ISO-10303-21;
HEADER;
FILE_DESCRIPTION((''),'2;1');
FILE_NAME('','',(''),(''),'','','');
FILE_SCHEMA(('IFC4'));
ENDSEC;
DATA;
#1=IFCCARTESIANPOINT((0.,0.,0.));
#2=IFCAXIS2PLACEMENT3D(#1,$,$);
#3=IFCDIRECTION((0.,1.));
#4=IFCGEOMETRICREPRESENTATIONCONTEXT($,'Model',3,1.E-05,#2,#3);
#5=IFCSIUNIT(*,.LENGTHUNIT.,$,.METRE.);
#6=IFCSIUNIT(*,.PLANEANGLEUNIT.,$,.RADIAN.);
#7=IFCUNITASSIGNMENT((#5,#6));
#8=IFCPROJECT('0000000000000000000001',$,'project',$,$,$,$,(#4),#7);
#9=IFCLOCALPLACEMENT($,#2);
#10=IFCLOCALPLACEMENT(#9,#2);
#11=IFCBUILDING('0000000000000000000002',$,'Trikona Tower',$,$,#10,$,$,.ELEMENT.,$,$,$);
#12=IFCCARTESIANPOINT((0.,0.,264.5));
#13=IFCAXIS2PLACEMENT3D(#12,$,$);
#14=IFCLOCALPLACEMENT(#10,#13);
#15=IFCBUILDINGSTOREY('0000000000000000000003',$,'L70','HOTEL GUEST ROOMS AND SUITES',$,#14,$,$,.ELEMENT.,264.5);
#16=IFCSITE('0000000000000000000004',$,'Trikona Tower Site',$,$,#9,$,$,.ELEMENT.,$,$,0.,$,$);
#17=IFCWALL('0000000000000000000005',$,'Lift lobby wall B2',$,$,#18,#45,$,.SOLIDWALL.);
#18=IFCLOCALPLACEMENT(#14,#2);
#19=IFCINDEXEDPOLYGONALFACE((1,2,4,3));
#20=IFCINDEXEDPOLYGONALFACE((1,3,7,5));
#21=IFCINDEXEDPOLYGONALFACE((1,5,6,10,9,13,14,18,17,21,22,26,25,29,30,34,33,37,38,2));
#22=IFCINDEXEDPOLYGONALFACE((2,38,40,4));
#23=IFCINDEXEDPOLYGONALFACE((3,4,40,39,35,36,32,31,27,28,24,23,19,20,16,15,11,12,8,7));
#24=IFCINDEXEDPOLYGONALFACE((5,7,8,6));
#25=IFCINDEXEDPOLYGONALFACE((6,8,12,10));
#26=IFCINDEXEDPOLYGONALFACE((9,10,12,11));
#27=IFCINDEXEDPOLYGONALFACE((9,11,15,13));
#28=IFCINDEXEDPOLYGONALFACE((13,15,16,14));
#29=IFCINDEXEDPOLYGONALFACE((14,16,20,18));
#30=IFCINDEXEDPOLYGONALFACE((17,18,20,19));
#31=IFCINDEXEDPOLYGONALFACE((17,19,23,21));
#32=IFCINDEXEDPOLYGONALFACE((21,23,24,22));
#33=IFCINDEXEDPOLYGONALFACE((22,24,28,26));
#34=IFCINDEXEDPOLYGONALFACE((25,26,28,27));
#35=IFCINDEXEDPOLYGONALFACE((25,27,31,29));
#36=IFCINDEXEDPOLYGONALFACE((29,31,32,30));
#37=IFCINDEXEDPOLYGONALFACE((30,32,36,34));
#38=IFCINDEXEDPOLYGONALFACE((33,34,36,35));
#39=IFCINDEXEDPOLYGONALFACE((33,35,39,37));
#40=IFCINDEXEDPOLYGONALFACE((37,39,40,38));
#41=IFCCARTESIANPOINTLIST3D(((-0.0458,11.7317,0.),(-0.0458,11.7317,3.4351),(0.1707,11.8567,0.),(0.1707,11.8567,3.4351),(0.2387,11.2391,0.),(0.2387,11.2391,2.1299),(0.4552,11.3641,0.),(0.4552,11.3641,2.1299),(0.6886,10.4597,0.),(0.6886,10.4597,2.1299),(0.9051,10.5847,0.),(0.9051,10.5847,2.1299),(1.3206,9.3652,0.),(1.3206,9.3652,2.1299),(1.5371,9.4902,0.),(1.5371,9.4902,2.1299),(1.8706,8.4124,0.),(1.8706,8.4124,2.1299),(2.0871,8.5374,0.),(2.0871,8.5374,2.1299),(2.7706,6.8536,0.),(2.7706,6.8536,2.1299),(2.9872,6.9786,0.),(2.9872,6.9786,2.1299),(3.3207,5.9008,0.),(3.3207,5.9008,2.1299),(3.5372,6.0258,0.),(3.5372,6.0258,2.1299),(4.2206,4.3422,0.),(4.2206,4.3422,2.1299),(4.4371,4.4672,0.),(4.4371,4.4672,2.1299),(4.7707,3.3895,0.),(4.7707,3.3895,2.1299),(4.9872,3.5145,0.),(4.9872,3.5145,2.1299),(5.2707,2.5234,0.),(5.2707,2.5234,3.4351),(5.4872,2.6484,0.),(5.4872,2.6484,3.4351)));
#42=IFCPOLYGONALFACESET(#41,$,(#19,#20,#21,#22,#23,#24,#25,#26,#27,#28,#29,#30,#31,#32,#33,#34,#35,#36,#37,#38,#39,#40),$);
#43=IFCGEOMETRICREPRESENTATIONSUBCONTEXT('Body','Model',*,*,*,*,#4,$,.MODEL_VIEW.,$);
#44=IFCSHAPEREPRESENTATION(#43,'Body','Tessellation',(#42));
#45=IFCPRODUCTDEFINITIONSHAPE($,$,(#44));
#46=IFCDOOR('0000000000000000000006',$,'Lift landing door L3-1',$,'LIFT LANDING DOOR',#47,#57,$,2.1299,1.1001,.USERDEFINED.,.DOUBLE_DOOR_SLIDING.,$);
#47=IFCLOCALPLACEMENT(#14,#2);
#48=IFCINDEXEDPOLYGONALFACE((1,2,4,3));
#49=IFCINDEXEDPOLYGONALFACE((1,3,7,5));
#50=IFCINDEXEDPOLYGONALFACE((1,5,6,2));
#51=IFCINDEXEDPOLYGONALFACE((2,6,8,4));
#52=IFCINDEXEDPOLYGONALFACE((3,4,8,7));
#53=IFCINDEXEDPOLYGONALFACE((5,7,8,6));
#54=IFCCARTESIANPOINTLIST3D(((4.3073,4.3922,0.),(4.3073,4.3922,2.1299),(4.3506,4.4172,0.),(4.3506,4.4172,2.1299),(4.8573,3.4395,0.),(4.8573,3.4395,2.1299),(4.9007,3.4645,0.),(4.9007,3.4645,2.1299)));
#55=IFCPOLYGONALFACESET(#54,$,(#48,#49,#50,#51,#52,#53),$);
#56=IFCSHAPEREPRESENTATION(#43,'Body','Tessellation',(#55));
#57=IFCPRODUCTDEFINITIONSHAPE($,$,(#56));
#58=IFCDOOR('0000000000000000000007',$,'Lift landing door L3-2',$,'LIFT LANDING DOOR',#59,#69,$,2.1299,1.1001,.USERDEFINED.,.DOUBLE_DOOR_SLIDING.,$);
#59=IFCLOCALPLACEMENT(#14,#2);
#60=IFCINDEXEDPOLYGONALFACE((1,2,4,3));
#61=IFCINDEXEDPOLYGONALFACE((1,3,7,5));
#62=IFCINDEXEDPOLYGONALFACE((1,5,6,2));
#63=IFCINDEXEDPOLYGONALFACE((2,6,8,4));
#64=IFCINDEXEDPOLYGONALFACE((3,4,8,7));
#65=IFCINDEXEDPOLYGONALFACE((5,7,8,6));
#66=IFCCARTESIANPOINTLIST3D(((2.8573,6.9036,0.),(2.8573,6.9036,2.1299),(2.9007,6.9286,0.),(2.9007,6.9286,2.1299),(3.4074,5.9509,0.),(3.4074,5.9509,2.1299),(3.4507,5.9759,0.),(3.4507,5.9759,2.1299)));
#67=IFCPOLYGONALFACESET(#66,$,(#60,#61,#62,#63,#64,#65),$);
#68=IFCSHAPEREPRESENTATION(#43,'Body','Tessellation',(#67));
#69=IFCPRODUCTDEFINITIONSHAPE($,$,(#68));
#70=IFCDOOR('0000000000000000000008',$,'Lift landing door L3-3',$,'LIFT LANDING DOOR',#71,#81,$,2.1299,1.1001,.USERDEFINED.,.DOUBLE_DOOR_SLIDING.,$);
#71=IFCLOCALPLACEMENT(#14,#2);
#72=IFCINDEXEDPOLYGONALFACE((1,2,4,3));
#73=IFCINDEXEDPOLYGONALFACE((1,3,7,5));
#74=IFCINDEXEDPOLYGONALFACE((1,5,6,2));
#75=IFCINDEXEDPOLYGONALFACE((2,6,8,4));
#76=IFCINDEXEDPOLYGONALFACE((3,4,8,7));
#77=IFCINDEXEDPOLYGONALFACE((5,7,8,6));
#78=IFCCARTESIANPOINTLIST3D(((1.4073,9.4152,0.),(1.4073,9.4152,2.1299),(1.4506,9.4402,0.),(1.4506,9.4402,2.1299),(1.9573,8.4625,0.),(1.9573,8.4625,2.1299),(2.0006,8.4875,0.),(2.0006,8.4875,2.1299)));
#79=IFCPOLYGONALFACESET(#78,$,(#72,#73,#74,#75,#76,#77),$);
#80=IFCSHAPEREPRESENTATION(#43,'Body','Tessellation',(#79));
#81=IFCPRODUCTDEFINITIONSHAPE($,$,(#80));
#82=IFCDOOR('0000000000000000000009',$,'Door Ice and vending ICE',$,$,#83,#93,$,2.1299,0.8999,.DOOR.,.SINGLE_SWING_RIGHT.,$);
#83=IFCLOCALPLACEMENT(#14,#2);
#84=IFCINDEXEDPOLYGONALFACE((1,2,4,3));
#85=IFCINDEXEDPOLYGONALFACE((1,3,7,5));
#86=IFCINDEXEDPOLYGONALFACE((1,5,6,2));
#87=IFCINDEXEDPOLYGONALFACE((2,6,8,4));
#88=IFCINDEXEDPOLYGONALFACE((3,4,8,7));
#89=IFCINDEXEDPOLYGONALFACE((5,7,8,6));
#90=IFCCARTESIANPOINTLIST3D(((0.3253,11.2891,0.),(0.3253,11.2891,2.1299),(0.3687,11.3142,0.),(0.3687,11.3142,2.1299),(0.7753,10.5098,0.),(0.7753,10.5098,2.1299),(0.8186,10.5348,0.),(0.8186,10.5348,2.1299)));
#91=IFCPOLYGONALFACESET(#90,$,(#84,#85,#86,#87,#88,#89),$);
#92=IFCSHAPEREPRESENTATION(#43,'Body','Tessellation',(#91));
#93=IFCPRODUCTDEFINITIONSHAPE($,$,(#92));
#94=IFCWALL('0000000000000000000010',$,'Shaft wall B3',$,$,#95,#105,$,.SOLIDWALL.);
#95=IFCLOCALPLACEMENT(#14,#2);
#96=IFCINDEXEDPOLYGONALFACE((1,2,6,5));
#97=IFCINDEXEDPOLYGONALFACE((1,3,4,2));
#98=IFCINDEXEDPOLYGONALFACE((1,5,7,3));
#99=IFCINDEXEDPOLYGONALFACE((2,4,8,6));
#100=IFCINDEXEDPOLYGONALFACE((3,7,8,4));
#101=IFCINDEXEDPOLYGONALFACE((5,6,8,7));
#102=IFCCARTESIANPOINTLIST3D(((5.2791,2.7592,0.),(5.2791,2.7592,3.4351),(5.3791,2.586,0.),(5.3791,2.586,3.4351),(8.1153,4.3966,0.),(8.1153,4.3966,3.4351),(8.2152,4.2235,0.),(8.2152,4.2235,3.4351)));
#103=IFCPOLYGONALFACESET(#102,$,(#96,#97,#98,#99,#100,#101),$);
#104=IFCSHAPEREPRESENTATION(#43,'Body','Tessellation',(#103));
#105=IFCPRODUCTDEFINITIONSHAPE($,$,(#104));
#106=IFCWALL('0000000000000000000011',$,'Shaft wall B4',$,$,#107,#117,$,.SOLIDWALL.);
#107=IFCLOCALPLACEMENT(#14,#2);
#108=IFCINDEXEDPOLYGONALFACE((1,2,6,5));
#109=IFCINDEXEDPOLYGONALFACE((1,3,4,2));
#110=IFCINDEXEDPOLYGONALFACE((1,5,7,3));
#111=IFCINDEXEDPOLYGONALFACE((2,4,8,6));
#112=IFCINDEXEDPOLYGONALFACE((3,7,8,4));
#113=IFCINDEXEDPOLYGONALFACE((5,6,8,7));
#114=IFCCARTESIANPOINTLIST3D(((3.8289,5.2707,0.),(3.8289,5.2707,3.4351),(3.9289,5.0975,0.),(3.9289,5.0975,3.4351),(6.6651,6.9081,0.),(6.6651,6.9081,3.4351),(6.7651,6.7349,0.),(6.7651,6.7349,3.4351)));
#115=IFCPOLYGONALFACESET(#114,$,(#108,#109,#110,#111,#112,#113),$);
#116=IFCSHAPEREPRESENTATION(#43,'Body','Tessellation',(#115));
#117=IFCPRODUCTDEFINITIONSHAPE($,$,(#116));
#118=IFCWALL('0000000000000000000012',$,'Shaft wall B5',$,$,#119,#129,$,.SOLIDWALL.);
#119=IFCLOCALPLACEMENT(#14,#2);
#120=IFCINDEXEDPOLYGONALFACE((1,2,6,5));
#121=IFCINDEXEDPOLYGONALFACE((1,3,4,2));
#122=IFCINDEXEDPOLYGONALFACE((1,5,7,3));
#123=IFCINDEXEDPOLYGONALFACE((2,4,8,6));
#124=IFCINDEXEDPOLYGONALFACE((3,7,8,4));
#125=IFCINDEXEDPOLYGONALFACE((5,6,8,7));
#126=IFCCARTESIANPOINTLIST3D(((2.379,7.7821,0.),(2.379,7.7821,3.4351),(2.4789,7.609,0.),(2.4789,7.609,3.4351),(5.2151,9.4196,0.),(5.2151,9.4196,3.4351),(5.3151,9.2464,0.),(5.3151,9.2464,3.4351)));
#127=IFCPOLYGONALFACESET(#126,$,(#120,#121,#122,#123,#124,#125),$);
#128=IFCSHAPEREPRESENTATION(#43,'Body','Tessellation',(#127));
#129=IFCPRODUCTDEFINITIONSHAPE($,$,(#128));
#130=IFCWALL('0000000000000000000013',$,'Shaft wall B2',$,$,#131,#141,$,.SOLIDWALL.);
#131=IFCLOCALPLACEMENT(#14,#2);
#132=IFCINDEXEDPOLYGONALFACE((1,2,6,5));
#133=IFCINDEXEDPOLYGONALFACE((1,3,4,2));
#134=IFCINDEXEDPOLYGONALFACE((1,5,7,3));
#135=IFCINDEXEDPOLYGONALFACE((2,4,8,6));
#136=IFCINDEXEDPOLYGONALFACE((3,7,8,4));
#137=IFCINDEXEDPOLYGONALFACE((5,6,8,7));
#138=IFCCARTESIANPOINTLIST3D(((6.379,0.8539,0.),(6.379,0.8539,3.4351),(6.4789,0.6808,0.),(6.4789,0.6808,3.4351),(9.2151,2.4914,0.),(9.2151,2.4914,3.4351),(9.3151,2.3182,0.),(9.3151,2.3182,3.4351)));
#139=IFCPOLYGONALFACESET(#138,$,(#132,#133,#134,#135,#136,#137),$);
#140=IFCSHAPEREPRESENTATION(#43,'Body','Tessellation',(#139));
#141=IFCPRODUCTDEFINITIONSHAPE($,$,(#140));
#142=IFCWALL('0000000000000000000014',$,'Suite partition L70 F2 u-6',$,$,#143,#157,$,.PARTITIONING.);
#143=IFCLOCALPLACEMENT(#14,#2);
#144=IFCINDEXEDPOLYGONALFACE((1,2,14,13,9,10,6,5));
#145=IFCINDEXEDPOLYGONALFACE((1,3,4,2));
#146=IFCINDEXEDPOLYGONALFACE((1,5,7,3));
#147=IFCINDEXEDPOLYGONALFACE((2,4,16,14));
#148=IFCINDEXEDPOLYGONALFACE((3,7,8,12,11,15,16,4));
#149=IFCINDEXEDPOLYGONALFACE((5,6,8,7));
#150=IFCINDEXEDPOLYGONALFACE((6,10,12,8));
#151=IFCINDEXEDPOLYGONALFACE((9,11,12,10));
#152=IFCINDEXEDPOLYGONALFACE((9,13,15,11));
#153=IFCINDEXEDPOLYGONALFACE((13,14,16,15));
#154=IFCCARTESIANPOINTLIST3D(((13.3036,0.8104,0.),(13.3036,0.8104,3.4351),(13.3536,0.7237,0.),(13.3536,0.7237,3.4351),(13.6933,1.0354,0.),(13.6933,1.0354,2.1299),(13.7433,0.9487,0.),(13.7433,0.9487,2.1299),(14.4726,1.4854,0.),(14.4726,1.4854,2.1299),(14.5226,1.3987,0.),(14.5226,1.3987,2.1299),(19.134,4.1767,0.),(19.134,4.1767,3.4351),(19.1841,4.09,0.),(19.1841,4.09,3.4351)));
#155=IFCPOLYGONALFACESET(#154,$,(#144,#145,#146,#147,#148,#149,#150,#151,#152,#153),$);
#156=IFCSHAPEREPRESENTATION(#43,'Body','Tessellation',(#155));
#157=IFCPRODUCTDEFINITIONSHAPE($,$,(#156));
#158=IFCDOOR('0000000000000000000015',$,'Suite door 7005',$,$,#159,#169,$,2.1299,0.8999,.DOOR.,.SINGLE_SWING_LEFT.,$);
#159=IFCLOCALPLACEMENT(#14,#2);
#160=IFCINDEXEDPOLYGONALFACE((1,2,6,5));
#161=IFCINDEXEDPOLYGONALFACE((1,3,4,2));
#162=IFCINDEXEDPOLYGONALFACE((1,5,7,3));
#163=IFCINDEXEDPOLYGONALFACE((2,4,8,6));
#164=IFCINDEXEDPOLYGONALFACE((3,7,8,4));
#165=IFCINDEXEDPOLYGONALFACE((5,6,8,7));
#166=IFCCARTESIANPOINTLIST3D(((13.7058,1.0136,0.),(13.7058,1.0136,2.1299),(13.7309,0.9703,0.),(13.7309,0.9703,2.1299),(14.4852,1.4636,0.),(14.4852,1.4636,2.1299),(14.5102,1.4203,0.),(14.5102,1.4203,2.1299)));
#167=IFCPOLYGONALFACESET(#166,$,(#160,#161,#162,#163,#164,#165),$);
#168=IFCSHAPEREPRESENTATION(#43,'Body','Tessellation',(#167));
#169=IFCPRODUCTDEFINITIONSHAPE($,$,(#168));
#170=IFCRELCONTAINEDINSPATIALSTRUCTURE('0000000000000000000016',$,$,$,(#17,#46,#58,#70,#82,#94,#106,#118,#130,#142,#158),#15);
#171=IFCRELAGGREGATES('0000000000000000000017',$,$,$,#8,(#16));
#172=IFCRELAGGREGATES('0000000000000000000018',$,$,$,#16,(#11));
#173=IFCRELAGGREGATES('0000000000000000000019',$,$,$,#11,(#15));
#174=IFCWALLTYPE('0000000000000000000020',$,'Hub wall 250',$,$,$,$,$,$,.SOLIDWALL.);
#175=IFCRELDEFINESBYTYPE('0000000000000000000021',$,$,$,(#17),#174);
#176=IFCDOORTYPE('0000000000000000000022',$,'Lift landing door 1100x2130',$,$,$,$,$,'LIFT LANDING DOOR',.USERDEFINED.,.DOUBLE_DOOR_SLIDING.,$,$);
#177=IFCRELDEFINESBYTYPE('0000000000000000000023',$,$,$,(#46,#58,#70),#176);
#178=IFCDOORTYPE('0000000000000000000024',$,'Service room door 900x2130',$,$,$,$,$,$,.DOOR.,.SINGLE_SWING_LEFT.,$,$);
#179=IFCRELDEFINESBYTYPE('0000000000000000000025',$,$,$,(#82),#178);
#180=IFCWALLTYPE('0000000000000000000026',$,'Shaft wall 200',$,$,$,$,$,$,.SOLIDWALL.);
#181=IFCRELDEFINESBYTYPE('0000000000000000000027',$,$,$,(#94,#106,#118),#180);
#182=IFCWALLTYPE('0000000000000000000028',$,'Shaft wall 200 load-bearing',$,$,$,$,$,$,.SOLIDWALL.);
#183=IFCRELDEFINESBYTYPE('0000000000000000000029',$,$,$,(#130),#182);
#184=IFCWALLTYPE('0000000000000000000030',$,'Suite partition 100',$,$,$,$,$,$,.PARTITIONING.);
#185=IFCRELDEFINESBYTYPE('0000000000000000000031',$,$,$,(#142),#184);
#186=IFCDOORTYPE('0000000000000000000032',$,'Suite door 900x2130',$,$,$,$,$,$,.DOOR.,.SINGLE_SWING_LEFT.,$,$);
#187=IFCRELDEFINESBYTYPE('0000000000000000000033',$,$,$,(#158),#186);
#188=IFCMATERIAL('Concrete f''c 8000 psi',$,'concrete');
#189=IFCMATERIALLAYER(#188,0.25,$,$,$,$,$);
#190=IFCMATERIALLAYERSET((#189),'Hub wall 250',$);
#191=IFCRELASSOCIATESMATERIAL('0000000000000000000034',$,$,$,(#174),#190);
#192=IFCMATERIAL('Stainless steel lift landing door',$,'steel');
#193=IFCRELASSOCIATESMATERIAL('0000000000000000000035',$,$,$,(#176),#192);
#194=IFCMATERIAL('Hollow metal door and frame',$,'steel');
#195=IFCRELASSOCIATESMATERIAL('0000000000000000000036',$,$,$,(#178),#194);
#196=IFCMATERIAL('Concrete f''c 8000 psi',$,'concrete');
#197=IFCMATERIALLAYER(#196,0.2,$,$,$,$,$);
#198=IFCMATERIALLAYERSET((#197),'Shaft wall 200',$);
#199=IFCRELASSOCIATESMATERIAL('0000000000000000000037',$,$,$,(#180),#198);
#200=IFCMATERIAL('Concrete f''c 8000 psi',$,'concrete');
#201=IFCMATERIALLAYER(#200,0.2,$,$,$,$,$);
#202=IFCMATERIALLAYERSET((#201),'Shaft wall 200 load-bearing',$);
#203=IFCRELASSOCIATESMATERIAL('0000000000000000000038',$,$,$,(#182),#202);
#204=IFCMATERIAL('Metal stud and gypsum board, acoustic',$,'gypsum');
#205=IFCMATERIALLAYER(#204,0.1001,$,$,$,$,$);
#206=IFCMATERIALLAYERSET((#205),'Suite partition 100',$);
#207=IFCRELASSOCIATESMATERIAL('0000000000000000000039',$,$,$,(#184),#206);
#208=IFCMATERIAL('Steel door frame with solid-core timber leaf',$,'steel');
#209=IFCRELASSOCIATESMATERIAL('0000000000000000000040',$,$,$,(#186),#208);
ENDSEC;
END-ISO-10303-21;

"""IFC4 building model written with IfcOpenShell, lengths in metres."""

from ifc_helpers import new_model, si_unit, direction, frame, frame_2d, origin, place, context, subcontext, project, spatial, rectangle, extrude, material, layer, layer_set, type_object, element, fill, save


model = new_model("IFC4")

# Units and contexts
model_context = context("Model", 3, precision=1e-05, world=origin(), true_north=direction((0.0, 1.0)))
body_context = subcontext(model_context, "Body", "Model", "MODEL_VIEW")
ifc_project = project(units=[si_unit("LENGTHUNIT", "METRE"), si_unit("PLANEANGLEUNIT", "RADIAN")], contexts=[model_context])

# Site, building, storey
site_placement = place(None, origin())
site = spatial("IfcSite", under=ifc_project, at=site_placement, Name="Trikona Tower Site", CompositionType="ELEMENT", RefElevation=0.0)
building_placement = place(site_placement, origin())
building = spatial("IfcBuilding", under=site, at=building_placement, Name="Trikona Tower", CompositionType="ELEMENT")
storey_placement = place(building_placement, frame((0.0, 0.0, 264.5)))
storey = spatial("IfcBuildingStorey", under=building, at=storey_placement, Name="L70", Description="HOTEL GUEST ROOMS AND SUITES", CompositionType="ELEMENT", Elevation=264.5)

# Wall, openings, doors
ifc_material_1 = material(Name="Concrete f'c 8000 psi", Category="concrete")
ifc_layer_1 = layer(ifc_material_1, 0.25)
ifc_layer_set_1 = layer_set([ifc_layer_1], Name="Hub wall 250")
wall_type_1 = type_object("IfcWallType", Name="Hub wall 250", PredefinedType="SOLIDWALL", material=ifc_layer_set_1)
wall_1_placement = place(storey_placement, frame((5.3789, 2.5859, 0.0), z_axis=(0.0, 0.0, 1.0), x_axis=(-0.500001, 0.866025, 0.0)))
wall_1 = element("IfcWall", 1, at=wall_1_placement, inside=storey, type_object=wall_type_1, Name="Lift lobby wall B2", PredefinedType="SOLIDWALL", context=body_context, shape_type="SweptSolid", body=[
    extrude(rectangle(XDim=10.6328, YDim=0.25, at=frame_2d((5.3164, 0.0))), origin(), (0.0, 0.0, 1.0), 3.4351),
])
opening_1_placement = place(wall_1_placement, frame((9.1641, 0.0, 0.0)))
opening_1 = element("IfcOpeningElement", 2, at=opening_1_placement, cuts=wall_1, PredefinedType="OPENING", context=body_context, shape_type="SweptSolid", body=[
    extrude(rectangle(XDim=0.8999, YDim=2.1299, at=frame_2d((0.45, 1.0649))), frame((0.0, 0.135, 0.0), z_axis=(0.0, -1.0, 0.0), x_axis=(1.0, 0.0, 0.0)), (0.0, 0.0, 1.0), 0.27),
])
opening_2_placement = place(wall_1_placement, frame((1.0, 0.0, 0.0)))
opening_2 = element("IfcOpeningElement", 3, at=opening_2_placement, cuts=wall_1, PredefinedType="OPENING", context=body_context, shape_type="SweptSolid", body=[
    extrude(rectangle(XDim=1.1001, YDim=2.1299, at=frame_2d((0.55, 1.0649))), frame((0.0, 0.135, 0.0), z_axis=(0.0, -1.0, 0.0), x_axis=(1.0, 0.0, 0.0)), (0.0, 0.0, 1.0), 0.27),
])
opening_3_placement = place(wall_1_placement, frame((3.8999, 0.0, 0.0)))
opening_3 = element("IfcOpeningElement", 4, at=opening_3_placement, cuts=wall_1, PredefinedType="OPENING", context=body_context, shape_type="SweptSolid", body=[
    extrude(rectangle(XDim=1.1001, YDim=2.1299, at=frame_2d((0.55, 1.0649))), frame((0.0, 0.135, 0.0), z_axis=(0.0, -1.0, 0.0), x_axis=(1.0, 0.0, 0.0)), (0.0, 0.0, 1.0), 0.27),
])
opening_4_placement = place(wall_1_placement, frame((6.8, 0.0, 0.0)))
opening_4 = element("IfcOpeningElement", 5, at=opening_4_placement, cuts=wall_1, PredefinedType="OPENING", context=body_context, shape_type="SweptSolid", body=[
    extrude(rectangle(XDim=1.1001, YDim=2.1299, at=frame_2d((0.55, 1.0649))), frame((0.0, 0.135, 0.0), z_axis=(0.0, -1.0, 0.0), x_axis=(1.0, 0.0, 0.0)), (0.0, 0.0, 1.0), 0.27),
])
ifc_material_2 = material(Name="Stainless steel lift landing door", Category="steel")
door_type_1 = type_object("IfcDoorType", Name="Lift landing door 1100x2130", ElementType="LIFT LANDING DOOR", OperationType="DOUBLE_DOOR_SLIDING", PredefinedType="USERDEFINED", material=ifc_material_2)
door_1_placement = place(opening_2_placement, origin())
door_1 = element("IfcDoor", 6, at=door_1_placement, inside=storey, type_object=door_type_1, Name="Lift landing door L3-1", ObjectType="LIFT LANDING DOOR", OperationType="DOUBLE_DOOR_SLIDING", OverallHeight=2.1299, OverallWidth=1.1001, PredefinedType="USERDEFINED", context=body_context, shape_type="SweptSolid", body=[
    extrude(rectangle(XDim=1.1001, YDim=2.1299, at=frame_2d((0.55, 1.0649))), frame((0.0, 0.0249, 0.0), z_axis=(0.0, -1.0, 0.0), x_axis=(1.0, 0.0, 0.0)), (0.0, 0.0, 1.0), 0.05),
])
fill(opening_2, door_1)
door_2_placement = place(opening_3_placement, origin())
door_2 = element("IfcDoor", 7, at=door_2_placement, inside=storey, type_object=door_type_1, Name="Lift landing door L3-2", ObjectType="LIFT LANDING DOOR", OperationType="DOUBLE_DOOR_SLIDING", OverallHeight=2.1299, OverallWidth=1.1001, PredefinedType="USERDEFINED", context=body_context, shape_type="SweptSolid", body=[
    extrude(rectangle(XDim=1.1001, YDim=2.1299, at=frame_2d((0.55, 1.0649))), frame((0.0, 0.0249, 0.0), z_axis=(0.0, -1.0, 0.0), x_axis=(1.0, 0.0, 0.0)), (0.0, 0.0, 1.0), 0.05),
])
fill(opening_3, door_2)
door_3_placement = place(opening_4_placement, origin())
door_3 = element("IfcDoor", 8, at=door_3_placement, inside=storey, type_object=door_type_1, Name="Lift landing door L3-3", ObjectType="LIFT LANDING DOOR", OperationType="DOUBLE_DOOR_SLIDING", OverallHeight=2.1299, OverallWidth=1.1001, PredefinedType="USERDEFINED", context=body_context, shape_type="SweptSolid", body=[
    extrude(rectangle(XDim=1.1001, YDim=2.1299, at=frame_2d((0.55, 1.0649))), frame((0.0, 0.0249, 0.0), z_axis=(0.0, -1.0, 0.0), x_axis=(1.0, 0.0, 0.0)), (0.0, 0.0, 1.0), 0.05),
])
fill(opening_4, door_3)
ifc_material_3 = material(Name="Hollow metal door and frame", Category="steel")
door_type_2 = type_object("IfcDoorType", Name="Service room door 900x2130", OperationType="SINGLE_SWING_LEFT", PredefinedType="DOOR", material=ifc_material_3)
door_4_placement = place(opening_1_placement, origin())
door_4 = element("IfcDoor", 9, at=door_4_placement, inside=storey, type_object=door_type_2, Name="Door Ice and vending ICE", OperationType="SINGLE_SWING_RIGHT", OverallHeight=2.1299, OverallWidth=0.8999, PredefinedType="DOOR", context=body_context, shape_type="SweptSolid", body=[
    extrude(rectangle(XDim=0.8999, YDim=2.1299, at=frame_2d((0.45, 1.0649))), frame((0.0, 0.0249, 0.0), z_axis=(0.0, -1.0, 0.0), x_axis=(1.0, 0.0, 0.0)), (0.0, 0.0, 1.0), 0.05),
])
fill(opening_1, door_4)

# Walls
ifc_material_4 = material(Name="Concrete f'c 8000 psi", Category="concrete")
ifc_layer_2 = layer(ifc_material_4, 0.2)
ifc_layer_set_2 = layer_set([ifc_layer_2], Name="Shaft wall 200")
wall_type_2 = type_object("IfcWallType", Name="Shaft wall 200", PredefinedType="SOLIDWALL", material=ifc_layer_set_2)
for number, where, z_axis, x_axis, name in (
    (10, (5.3291, 2.6726, 0.0), (0.0, 0.0, 1.0), (0.866028, 0.499996, 0.0), "Shaft wall B3"),
    (11, (3.8789, 5.1841, 0.0), (0.0, 0.0, 1.0), (0.866028, 0.499996, 0.0), "Shaft wall B4"),
    (12, (2.429, 7.6956, 0.0), (0.0, 0.0, 1.0), (0.866028, 0.499996, 0.0), "Shaft wall B5"),
):
    element("IfcWall", number, at=place(storey_placement, frame(where, z_axis=z_axis, x_axis=x_axis)), inside=storey, type_object=wall_type_2, Name=name, PredefinedType="SOLIDWALL", context=body_context, shape_type="SweptSolid", body=[
        extrude(rectangle(XDim=3.2749, YDim=0.2, at=frame_2d((1.6375, 0.0))), origin(), (0.0, 0.0, 1.0), 3.4351),
    ])
ifc_material_5 = material(Name="Concrete f'c 8000 psi", Category="concrete")
ifc_layer_3 = layer(ifc_material_5, 0.2)
ifc_layer_set_3 = layer_set([ifc_layer_3], Name="Shaft wall 200 load-bearing")
wall_type_3 = type_object("IfcWallType", Name="Shaft wall 200 load-bearing", PredefinedType="SOLIDWALL", material=ifc_layer_set_3)
wall_2_placement = place(storey_placement, frame((6.429, 0.7673, 0.0), z_axis=(0.0, 0.0, 1.0), x_axis=(0.866028, 0.499996, 0.0)))
element("IfcWall", 13, at=wall_2_placement, inside=storey, type_object=wall_type_3, Name="Shaft wall B2", PredefinedType="SOLIDWALL", context=body_context, shape_type="SweptSolid", body=[
    extrude(rectangle(XDim=3.2749, YDim=0.2, at=frame_2d((1.6375, 0.0))), origin(), (0.0, 0.0, 1.0), 3.4351),
])

# Wall, opening, door
ifc_material_6 = material(Name="Metal stud and gypsum board, acoustic", Category="gypsum")
ifc_layer_4 = layer(ifc_material_6, 0.1001)
ifc_layer_set_4 = layer_set([ifc_layer_4], Name="Suite partition 100")
wall_type_4 = type_object("IfcWallType", Name="Suite partition 100", PredefinedType="PARTITIONING", material=ifc_layer_set_4)
wall_3_placement = place(storey_placement, frame((13.3286, 0.7671, 0.0), z_axis=(0.0, 0.0, 1.0), x_axis=(0.866021, 0.500008, 0.0)))
wall_3 = element("IfcWall", 14, at=wall_3_placement, inside=storey, type_object=wall_type_4, Name="Suite partition L70 F2 u-6", PredefinedType="PARTITIONING", context=body_context, shape_type="SweptSolid", body=[
    extrude(rectangle(XDim=6.7324, YDim=0.1001, at=frame_2d((3.3662, 0.0))), origin(), (0.0, 0.0, 1.0), 3.4351),
])
opening_5_placement = place(wall_3_placement, frame((0.45, 0.0, 0.0)))
opening_5 = element("IfcOpeningElement", 15, at=opening_5_placement, cuts=wall_3, PredefinedType="OPENING", context=body_context, shape_type="SweptSolid", body=[
    extrude(rectangle(XDim=0.8999, YDim=2.1299, at=frame_2d((0.45, 1.0649))), frame((0.0, 0.0601, 0.0), z_axis=(0.0, -1.0, 0.0), x_axis=(1.0, 0.0, 0.0)), (0.0, 0.0, 1.0), 0.1201),
])
ifc_material_7 = material(Name="Steel door frame with solid-core timber leaf", Category="steel")
door_type_3 = type_object("IfcDoorType", Name="Suite door 900x2130", OperationType="SINGLE_SWING_LEFT", PredefinedType="DOOR", material=ifc_material_7)
door_5_placement = place(opening_5_placement, origin())
door_5 = element("IfcDoor", 16, at=door_5_placement, inside=storey, type_object=door_type_3, Name="Suite door 7005", OperationType="SINGLE_SWING_LEFT", OverallHeight=2.1299, OverallWidth=0.8999, PredefinedType="DOOR", context=body_context, shape_type="SweptSolid", body=[
    extrude(rectangle(XDim=0.8999, YDim=2.1299, at=frame_2d((0.45, 1.0649))), frame((0.0, 0.0249, 0.0), z_axis=(0.0, -1.0, 0.0), x_axis=(1.0, 0.0, 0.0)), (0.0, 0.0, 1.0), 0.05),
])
fill(opening_5, door_5)

save(model, "model.ifc")
